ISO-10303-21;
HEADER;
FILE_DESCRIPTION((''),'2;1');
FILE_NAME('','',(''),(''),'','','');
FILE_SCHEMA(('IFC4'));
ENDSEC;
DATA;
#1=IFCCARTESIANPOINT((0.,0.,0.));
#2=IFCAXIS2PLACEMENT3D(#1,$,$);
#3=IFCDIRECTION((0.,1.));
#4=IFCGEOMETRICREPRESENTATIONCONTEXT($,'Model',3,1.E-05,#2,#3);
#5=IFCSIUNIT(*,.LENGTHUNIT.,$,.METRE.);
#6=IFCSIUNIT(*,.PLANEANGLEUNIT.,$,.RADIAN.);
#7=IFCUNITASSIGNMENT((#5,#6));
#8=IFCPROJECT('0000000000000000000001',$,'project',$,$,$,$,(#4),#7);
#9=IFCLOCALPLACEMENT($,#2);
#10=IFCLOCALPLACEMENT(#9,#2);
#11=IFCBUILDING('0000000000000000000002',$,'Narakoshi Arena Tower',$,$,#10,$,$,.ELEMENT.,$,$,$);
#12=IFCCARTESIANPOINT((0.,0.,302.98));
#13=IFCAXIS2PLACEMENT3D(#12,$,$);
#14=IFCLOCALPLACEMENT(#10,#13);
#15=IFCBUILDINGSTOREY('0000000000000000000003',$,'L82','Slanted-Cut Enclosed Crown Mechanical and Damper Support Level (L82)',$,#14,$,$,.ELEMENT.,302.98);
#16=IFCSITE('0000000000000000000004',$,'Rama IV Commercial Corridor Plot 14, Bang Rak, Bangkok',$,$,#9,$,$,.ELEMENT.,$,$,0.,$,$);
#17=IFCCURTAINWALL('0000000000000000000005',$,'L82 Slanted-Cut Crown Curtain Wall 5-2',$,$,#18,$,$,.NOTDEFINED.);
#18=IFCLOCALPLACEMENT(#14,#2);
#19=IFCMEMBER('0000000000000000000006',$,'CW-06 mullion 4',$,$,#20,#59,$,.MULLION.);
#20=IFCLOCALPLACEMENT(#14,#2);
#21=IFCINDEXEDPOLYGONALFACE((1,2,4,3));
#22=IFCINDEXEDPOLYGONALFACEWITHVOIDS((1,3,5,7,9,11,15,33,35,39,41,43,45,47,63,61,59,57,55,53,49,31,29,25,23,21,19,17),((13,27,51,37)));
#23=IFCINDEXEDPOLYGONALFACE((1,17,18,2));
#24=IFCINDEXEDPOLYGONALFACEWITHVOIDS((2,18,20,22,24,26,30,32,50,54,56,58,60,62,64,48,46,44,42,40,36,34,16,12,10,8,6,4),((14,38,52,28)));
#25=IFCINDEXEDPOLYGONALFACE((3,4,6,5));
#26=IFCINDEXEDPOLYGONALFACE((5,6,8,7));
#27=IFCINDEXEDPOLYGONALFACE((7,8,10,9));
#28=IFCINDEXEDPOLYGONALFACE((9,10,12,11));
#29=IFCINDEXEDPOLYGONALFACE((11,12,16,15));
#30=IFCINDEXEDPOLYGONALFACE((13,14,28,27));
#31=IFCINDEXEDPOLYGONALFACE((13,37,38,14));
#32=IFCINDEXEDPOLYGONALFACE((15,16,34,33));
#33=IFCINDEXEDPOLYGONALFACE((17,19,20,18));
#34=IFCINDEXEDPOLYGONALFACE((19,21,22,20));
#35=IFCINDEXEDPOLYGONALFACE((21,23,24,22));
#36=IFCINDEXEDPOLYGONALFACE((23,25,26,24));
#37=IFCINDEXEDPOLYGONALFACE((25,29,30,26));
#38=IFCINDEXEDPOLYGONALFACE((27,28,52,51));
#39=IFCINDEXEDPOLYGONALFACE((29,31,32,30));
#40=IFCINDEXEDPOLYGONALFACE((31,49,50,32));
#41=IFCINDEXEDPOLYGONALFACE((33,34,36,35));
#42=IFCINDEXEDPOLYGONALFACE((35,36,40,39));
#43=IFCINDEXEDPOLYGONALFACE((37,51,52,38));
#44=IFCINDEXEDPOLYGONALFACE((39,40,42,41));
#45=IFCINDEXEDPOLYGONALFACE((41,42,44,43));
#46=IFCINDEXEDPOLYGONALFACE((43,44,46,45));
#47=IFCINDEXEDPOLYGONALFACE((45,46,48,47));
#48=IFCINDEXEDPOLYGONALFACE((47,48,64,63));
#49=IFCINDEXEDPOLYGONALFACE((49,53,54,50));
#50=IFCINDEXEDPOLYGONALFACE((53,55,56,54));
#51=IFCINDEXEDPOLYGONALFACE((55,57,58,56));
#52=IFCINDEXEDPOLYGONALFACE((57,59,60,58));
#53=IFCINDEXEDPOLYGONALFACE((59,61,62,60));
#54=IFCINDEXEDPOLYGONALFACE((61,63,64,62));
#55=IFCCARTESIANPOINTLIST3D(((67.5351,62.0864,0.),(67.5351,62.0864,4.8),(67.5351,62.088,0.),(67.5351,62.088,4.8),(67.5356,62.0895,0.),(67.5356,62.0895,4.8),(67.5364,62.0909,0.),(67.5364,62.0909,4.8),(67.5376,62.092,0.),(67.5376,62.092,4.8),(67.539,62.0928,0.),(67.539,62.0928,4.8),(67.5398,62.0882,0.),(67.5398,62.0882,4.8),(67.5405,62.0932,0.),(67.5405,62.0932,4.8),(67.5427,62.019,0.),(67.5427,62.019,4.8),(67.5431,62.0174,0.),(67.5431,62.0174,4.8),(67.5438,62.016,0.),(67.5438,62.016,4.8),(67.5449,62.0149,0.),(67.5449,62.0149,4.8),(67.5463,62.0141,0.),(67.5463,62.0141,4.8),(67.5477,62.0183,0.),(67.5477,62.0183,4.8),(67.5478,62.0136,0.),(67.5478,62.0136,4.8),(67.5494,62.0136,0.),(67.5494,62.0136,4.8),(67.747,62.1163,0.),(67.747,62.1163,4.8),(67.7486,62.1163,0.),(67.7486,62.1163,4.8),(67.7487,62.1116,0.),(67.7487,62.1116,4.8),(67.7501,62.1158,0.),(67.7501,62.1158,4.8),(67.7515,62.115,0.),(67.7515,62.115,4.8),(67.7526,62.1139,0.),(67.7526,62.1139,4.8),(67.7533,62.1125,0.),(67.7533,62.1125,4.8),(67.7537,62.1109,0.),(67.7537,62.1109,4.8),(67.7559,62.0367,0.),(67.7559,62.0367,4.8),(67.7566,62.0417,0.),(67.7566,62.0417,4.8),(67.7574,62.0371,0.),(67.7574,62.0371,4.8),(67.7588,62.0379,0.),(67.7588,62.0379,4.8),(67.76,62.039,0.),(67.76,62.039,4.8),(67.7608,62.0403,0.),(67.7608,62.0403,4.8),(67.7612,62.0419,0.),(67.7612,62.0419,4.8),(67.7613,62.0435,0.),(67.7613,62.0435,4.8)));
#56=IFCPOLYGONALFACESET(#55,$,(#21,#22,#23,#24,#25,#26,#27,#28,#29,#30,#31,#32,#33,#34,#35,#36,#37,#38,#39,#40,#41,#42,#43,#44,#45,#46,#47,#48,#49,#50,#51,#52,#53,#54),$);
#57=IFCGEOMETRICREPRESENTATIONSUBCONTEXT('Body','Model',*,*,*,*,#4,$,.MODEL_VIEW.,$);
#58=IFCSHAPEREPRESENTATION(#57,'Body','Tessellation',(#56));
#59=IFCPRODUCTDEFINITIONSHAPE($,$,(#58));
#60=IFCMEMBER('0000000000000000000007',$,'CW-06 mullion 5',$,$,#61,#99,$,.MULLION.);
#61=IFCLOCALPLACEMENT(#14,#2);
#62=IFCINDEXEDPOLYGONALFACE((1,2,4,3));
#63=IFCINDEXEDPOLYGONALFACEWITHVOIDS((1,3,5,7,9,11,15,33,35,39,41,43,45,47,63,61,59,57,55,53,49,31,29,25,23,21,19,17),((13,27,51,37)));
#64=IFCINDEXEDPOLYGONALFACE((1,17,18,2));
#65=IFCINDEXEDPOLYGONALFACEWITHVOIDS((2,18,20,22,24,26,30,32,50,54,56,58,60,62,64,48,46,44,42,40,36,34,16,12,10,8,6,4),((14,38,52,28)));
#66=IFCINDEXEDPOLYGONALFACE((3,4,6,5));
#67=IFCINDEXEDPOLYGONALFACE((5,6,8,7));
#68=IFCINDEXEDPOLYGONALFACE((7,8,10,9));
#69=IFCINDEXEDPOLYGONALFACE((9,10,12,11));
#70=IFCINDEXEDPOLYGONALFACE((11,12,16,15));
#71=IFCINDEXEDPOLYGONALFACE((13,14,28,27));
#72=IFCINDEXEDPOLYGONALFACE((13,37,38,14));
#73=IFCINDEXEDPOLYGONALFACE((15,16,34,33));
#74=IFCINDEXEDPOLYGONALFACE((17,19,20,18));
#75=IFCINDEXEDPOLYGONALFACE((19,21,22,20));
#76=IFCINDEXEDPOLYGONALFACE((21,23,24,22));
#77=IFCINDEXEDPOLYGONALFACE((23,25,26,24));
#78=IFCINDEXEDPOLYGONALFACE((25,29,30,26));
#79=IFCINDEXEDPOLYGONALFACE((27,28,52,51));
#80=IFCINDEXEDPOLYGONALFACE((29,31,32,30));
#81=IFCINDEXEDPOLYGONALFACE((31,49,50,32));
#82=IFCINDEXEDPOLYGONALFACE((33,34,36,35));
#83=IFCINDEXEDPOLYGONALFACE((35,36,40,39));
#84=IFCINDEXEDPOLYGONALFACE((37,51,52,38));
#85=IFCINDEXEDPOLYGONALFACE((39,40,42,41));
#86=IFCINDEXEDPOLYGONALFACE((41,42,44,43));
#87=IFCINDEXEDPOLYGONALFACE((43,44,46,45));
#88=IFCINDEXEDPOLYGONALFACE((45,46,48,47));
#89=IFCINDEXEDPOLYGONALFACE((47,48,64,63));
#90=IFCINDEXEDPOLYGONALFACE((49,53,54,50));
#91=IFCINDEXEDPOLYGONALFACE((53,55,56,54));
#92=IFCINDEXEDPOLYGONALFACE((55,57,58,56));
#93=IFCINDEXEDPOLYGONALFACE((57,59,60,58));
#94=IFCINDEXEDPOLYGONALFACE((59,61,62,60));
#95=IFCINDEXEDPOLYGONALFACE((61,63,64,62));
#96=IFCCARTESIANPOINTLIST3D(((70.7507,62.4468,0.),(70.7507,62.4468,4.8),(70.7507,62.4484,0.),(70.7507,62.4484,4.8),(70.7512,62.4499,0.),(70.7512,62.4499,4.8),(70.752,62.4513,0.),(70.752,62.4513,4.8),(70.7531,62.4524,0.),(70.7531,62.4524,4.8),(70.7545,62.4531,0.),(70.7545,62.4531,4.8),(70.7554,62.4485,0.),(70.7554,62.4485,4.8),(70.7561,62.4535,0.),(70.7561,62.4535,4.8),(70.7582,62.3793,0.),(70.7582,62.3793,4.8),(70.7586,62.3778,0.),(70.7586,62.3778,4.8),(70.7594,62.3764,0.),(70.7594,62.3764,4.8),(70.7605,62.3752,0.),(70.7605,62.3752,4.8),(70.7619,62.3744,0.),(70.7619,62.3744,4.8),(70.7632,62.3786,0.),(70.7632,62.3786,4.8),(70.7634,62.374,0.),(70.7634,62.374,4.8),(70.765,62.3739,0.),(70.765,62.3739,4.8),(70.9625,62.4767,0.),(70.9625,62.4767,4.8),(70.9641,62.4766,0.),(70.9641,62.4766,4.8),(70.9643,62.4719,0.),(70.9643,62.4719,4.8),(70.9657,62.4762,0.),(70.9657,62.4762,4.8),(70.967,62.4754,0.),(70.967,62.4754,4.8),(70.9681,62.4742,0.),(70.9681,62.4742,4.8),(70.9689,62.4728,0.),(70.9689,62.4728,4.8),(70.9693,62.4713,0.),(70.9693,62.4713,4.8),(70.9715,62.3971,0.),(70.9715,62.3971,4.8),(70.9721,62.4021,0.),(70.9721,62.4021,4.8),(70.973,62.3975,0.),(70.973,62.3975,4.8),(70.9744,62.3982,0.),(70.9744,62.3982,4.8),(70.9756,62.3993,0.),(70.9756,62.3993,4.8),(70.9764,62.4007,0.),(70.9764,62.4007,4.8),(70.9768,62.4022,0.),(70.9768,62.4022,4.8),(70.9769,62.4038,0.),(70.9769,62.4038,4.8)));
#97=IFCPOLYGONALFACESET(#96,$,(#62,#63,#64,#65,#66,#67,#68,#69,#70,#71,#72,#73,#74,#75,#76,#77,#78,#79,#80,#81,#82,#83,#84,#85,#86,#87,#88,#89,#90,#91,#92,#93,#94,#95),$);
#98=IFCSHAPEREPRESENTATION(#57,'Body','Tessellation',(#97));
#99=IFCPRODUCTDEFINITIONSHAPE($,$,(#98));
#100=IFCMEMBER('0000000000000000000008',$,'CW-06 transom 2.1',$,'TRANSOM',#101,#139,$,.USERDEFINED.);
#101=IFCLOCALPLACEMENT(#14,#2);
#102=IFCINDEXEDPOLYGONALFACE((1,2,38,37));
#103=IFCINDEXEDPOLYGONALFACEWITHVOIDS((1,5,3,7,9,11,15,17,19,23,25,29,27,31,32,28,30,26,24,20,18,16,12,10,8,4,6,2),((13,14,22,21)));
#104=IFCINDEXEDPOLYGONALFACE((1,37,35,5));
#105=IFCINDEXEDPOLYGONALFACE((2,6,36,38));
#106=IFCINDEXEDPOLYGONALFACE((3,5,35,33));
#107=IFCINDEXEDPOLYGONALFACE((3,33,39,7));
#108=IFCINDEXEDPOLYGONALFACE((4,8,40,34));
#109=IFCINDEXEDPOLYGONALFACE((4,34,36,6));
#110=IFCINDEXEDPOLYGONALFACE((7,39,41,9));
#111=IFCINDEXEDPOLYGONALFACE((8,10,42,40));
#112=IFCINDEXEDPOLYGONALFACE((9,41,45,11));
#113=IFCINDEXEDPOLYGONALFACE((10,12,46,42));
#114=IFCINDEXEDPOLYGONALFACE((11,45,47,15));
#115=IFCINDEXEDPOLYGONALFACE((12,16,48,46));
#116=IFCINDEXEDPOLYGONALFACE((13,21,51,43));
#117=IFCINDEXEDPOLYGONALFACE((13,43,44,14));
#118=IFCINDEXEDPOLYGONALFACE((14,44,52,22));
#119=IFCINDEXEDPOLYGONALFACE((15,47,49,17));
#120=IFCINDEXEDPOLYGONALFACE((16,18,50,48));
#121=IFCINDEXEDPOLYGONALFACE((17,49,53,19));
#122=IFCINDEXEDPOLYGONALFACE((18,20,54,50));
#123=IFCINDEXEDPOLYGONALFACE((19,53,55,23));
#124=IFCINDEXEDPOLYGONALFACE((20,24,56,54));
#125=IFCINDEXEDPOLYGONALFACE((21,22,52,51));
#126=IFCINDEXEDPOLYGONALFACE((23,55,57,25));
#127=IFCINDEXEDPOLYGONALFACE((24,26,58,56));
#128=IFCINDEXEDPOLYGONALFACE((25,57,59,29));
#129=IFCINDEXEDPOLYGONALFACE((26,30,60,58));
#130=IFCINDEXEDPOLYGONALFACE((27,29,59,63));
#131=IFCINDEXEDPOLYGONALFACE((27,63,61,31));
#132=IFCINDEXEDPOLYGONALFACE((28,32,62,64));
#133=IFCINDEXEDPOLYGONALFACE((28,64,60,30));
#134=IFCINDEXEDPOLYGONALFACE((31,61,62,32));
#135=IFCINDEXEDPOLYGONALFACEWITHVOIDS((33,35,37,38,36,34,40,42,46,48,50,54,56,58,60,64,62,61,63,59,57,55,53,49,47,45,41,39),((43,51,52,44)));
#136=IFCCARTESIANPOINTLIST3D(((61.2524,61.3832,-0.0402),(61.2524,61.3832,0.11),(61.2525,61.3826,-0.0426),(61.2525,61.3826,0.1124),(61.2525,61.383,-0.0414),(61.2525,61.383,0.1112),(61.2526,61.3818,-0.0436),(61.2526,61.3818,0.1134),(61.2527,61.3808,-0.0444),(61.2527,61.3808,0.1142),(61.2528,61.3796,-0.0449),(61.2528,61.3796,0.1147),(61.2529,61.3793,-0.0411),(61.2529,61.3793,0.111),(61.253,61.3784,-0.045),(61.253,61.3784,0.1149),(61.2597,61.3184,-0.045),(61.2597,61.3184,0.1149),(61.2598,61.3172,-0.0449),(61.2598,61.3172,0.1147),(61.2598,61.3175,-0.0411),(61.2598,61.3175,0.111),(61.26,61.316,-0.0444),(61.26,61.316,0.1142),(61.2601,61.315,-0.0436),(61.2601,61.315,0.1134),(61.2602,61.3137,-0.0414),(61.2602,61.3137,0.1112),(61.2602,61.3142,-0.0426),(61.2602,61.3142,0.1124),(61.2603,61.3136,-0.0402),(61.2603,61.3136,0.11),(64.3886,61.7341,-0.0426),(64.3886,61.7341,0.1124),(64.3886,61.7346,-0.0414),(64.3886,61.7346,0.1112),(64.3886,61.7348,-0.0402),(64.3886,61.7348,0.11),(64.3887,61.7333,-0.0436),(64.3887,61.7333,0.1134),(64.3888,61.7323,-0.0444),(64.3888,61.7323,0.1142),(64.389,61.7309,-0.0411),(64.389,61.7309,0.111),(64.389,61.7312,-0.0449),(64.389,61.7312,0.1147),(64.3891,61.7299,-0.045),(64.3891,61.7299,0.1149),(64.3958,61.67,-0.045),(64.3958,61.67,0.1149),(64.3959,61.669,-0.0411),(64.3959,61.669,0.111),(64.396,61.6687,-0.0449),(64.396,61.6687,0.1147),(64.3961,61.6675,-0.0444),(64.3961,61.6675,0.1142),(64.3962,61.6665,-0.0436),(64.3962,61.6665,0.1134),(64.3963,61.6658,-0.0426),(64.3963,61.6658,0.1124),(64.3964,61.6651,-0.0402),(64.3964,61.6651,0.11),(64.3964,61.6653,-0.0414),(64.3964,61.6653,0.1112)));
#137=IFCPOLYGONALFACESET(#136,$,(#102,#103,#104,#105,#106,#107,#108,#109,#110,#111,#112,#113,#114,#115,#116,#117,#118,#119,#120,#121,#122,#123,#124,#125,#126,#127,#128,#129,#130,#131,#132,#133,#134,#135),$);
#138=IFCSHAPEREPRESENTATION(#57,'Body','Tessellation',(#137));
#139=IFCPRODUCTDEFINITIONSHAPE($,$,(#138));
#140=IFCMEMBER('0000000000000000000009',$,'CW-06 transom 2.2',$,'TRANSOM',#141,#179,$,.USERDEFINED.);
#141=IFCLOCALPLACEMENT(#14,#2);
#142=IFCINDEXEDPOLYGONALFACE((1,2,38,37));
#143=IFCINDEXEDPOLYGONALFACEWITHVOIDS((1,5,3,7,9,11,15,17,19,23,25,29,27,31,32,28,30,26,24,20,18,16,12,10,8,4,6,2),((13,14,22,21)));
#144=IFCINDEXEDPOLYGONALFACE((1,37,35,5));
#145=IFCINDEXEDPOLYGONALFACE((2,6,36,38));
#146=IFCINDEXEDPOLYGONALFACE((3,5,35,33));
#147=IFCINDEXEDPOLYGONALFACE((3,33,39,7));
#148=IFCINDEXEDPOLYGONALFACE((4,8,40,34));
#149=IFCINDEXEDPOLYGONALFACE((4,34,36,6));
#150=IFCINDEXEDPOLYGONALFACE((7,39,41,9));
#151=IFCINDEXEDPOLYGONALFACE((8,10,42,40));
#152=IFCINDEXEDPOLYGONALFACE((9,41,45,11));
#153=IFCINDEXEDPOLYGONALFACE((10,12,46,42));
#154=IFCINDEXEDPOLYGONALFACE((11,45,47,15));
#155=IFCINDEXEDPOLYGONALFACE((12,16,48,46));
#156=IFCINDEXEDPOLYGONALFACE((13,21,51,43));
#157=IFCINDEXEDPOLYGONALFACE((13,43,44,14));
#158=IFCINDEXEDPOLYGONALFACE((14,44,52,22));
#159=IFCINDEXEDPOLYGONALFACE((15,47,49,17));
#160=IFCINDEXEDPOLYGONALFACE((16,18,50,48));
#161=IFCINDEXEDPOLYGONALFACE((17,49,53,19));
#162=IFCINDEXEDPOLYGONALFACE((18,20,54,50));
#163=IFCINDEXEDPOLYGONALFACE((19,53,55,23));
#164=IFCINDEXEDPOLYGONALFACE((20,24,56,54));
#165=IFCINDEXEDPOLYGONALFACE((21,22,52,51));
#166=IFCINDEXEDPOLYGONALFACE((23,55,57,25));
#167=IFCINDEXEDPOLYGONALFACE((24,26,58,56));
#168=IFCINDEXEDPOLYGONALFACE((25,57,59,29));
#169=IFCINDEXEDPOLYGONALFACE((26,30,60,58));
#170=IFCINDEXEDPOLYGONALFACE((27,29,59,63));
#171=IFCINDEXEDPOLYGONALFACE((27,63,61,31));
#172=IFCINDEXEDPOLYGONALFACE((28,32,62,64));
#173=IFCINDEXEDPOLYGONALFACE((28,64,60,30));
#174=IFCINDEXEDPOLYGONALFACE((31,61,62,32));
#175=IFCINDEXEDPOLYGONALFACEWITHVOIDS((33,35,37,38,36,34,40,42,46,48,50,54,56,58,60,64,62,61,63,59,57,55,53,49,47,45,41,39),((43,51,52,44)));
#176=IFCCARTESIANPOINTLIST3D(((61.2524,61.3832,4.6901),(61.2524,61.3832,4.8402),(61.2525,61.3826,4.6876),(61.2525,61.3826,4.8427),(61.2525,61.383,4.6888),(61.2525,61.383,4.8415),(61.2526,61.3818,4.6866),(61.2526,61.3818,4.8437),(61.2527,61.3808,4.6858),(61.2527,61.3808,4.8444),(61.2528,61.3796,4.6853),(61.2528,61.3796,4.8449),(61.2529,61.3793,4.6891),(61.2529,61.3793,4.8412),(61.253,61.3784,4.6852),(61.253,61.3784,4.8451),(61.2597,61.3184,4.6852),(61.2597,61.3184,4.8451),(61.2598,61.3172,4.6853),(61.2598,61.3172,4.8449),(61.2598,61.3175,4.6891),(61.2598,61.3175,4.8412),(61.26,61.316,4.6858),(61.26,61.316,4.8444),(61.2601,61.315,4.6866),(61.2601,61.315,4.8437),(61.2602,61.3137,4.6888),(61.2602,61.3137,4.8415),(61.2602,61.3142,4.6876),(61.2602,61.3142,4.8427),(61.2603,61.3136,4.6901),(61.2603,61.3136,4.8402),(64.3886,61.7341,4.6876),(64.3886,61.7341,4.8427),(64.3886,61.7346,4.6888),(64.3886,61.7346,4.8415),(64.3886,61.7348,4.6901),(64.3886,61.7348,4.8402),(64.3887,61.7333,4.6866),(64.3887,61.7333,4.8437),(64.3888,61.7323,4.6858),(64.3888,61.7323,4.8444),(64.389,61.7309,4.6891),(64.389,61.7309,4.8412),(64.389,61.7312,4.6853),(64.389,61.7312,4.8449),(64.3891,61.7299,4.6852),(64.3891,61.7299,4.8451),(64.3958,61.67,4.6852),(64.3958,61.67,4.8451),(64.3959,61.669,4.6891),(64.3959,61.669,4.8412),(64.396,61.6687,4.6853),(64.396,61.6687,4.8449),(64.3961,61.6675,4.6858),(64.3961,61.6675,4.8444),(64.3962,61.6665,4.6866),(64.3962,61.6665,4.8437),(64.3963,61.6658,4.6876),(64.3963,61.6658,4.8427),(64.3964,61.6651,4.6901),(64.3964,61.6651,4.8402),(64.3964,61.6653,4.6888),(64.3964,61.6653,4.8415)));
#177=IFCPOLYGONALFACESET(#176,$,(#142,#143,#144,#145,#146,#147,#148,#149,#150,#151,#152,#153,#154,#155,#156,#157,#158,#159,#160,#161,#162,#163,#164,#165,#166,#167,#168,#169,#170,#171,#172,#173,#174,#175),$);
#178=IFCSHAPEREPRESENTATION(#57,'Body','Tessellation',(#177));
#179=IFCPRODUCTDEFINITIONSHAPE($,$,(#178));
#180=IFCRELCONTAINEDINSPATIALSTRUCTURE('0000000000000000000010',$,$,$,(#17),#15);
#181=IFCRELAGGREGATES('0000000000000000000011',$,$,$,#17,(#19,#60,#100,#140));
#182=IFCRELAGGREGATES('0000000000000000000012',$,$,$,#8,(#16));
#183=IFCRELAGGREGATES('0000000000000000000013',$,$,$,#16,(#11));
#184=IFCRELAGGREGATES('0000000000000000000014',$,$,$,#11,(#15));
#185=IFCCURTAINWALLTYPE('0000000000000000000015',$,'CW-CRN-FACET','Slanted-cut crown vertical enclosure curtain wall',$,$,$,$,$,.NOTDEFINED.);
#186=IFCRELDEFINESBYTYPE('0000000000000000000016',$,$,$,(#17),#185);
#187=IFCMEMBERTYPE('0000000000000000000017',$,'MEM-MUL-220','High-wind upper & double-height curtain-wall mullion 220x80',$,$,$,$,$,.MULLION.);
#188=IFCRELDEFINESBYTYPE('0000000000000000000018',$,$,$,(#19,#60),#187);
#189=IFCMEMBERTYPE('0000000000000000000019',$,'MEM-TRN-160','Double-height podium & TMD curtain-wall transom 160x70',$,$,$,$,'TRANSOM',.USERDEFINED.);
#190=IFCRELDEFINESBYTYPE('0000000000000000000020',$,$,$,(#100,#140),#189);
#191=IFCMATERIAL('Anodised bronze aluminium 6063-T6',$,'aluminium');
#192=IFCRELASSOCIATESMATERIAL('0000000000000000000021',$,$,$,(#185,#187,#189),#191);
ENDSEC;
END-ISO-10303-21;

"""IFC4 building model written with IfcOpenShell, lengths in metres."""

from ifc_helpers import new_model, si_unit, direction, frame, origin, origin_2d, place, context, subcontext, project, spatial, hollow_rectangle, extrude, material, material_profile, profile_set, type_object, element, aggregate, save


model = new_model("IFC4")

# Units and contexts
model_context = context("Model", 3, precision=1e-05, world=origin(), true_north=direction((0.0, 1.0)))
body_context = subcontext(model_context, "Body", "Model", "MODEL_VIEW")
ifc_project = project(units=[si_unit("LENGTHUNIT", "METRE"), si_unit("PLANEANGLEUNIT", "RADIAN")], contexts=[model_context])

# Site, building, storey
site_placement = place(None, origin())
site = spatial("IfcSite", under=ifc_project, at=site_placement, Name="Rama IV Commercial Corridor Plot 14, Bang Rak, Bangkok", CompositionType="ELEMENT", RefElevation=0.0)
building_placement = place(site_placement, origin())
building = spatial("IfcBuilding", under=site, at=building_placement, Name="Narakoshi Arena Tower", CompositionType="ELEMENT")
storey_placement = place(building_placement, frame((0.0, 0.0, 302.98)))
storey = spatial("IfcBuildingStorey", under=building, at=storey_placement, Name="L82", Description="Slanted-Cut Enclosed Crown Mechanical and Damper Support Level (L82)", CompositionType="ELEMENT", Elevation=302.98)

# Curtain wall, members
ifc_material_1 = material(Name="Anodised bronze aluminium 6063-T6", Category="aluminium")
curtain_wall_type = type_object("IfcCurtainWallType", Name="CW-CRN-FACET", Description="Slanted-cut crown vertical enclosure curtain wall", PredefinedType="NOTDEFINED", material=ifc_material_1)
curtain_wall_placement = place(storey_placement, origin())
curtain_wall = element("IfcCurtainWall", 1, at=curtain_wall_placement, inside=storey, type_object=curtain_wall_type, Name="L82 Slanted-Cut Crown Curtain Wall 5-2", PredefinedType="NOTDEFINED")
ifc_material_profile_1 = material_profile(ifc_material_1, hollow_rectangle(XDim=0.0801, YDim=0.22, WallThickness=0.0049, OuterFilletRadius=0.0061, at=origin_2d()), Name="MUL220x80x5")
ifc_profile_set_1 = profile_set([ifc_material_profile_1], Name="Anodised bronze aluminium 6063-T6")
member_type_1 = type_object("IfcMemberType", Name="MEM-MUL-220", Description="High-wind upper & double-height curtain-wall mullion 220x80", PredefinedType="MULLION", material=ifc_profile_set_1)
member_1_placement = place(storey_placement, frame((67.6482, 62.0649, 0.0), z_axis=(0.0, 0.0, 1.0), x_axis=(-0.111395, 0.993776, 0.0)))
member_1 = element("IfcMember", 2, at=member_1_placement, type_object=member_type_1, Name="CW-06 mullion 4", PredefinedType="MULLION", context=body_context, shape_type="SweptSolid", body=[
    extrude(hollow_rectangle(XDim=0.0801, YDim=0.22, WallThickness=0.0049, OuterFilletRadius=0.0061, at=origin_2d()), origin(), (0.0, 0.0, 1.0), 4.8),
])
member_2_placement = place(storey_placement, frame((70.8638, 62.4253, 0.0), z_axis=(0.0, 0.0, 1.0), x_axis=(-0.111395, 0.993776, 0.0)))
member_2 = element("IfcMember", 3, at=member_2_placement, type_object=member_type_1, Name="CW-06 mullion 5", PredefinedType="MULLION", context=body_context, shape_type="SweptSolid", body=[
    extrude(hollow_rectangle(XDim=0.0801, YDim=0.22, WallThickness=0.0049, OuterFilletRadius=0.0061, at=origin_2d()), origin(), (0.0, 0.0, 1.0), 4.8),
])
ifc_material_profile_2 = material_profile(ifc_material_1, hollow_rectangle(XDim=0.0701, YDim=0.1599, WallThickness=0.0039, OuterFilletRadius=0.0049, at=origin_2d()), Name="TRN160x70x4")
ifc_profile_set_2 = profile_set([ifc_material_profile_2], Name="Anodised bronze aluminium 6063-T6")
member_type_2 = type_object("IfcMemberType", Name="MEM-TRN-160", Description="Double-height podium & TMD curtain-wall transom 160x70", ElementType="TRANSOM", PredefinedType="USERDEFINED", material=ifc_profile_set_2)
member_3_placement = place(storey_placement, frame((61.2563, 61.3484, 0.0349), z_axis=(0.993776, 0.111399, 0.0), x_axis=(-0.111399, 0.993776, 0.0)))
member_3 = element("IfcMember", 4, at=member_3_placement, type_object=member_type_2, Name="CW-06 transom 2.1", ObjectType="TRANSOM", PredefinedType="USERDEFINED", context=body_context, shape_type="SweptSolid", body=[
    extrude(hollow_rectangle(XDim=0.0701, YDim=0.1599, WallThickness=0.0039, OuterFilletRadius=0.0049, at=origin_2d()), origin(), (0.0, 0.0, 1.0), 3.1558),
])
member_4_placement = place(storey_placement, frame((61.2563, 61.3484, 4.7651), z_axis=(0.993776, 0.111399, 0.0), x_axis=(-0.111399, 0.993776, 0.0)))
member_4 = element("IfcMember", 5, at=member_4_placement, type_object=member_type_2, Name="CW-06 transom 2.2", ObjectType="TRANSOM", PredefinedType="USERDEFINED", context=body_context, shape_type="SweptSolid", body=[
    extrude(hollow_rectangle(XDim=0.0701, YDim=0.1599, WallThickness=0.0039, OuterFilletRadius=0.0049, at=origin_2d()), origin(), (0.0, 0.0, 1.0), 3.1558),
])
aggregate(curtain_wall, [member_1, member_2, member_3, member_4])

save(model, "model.ifc")
